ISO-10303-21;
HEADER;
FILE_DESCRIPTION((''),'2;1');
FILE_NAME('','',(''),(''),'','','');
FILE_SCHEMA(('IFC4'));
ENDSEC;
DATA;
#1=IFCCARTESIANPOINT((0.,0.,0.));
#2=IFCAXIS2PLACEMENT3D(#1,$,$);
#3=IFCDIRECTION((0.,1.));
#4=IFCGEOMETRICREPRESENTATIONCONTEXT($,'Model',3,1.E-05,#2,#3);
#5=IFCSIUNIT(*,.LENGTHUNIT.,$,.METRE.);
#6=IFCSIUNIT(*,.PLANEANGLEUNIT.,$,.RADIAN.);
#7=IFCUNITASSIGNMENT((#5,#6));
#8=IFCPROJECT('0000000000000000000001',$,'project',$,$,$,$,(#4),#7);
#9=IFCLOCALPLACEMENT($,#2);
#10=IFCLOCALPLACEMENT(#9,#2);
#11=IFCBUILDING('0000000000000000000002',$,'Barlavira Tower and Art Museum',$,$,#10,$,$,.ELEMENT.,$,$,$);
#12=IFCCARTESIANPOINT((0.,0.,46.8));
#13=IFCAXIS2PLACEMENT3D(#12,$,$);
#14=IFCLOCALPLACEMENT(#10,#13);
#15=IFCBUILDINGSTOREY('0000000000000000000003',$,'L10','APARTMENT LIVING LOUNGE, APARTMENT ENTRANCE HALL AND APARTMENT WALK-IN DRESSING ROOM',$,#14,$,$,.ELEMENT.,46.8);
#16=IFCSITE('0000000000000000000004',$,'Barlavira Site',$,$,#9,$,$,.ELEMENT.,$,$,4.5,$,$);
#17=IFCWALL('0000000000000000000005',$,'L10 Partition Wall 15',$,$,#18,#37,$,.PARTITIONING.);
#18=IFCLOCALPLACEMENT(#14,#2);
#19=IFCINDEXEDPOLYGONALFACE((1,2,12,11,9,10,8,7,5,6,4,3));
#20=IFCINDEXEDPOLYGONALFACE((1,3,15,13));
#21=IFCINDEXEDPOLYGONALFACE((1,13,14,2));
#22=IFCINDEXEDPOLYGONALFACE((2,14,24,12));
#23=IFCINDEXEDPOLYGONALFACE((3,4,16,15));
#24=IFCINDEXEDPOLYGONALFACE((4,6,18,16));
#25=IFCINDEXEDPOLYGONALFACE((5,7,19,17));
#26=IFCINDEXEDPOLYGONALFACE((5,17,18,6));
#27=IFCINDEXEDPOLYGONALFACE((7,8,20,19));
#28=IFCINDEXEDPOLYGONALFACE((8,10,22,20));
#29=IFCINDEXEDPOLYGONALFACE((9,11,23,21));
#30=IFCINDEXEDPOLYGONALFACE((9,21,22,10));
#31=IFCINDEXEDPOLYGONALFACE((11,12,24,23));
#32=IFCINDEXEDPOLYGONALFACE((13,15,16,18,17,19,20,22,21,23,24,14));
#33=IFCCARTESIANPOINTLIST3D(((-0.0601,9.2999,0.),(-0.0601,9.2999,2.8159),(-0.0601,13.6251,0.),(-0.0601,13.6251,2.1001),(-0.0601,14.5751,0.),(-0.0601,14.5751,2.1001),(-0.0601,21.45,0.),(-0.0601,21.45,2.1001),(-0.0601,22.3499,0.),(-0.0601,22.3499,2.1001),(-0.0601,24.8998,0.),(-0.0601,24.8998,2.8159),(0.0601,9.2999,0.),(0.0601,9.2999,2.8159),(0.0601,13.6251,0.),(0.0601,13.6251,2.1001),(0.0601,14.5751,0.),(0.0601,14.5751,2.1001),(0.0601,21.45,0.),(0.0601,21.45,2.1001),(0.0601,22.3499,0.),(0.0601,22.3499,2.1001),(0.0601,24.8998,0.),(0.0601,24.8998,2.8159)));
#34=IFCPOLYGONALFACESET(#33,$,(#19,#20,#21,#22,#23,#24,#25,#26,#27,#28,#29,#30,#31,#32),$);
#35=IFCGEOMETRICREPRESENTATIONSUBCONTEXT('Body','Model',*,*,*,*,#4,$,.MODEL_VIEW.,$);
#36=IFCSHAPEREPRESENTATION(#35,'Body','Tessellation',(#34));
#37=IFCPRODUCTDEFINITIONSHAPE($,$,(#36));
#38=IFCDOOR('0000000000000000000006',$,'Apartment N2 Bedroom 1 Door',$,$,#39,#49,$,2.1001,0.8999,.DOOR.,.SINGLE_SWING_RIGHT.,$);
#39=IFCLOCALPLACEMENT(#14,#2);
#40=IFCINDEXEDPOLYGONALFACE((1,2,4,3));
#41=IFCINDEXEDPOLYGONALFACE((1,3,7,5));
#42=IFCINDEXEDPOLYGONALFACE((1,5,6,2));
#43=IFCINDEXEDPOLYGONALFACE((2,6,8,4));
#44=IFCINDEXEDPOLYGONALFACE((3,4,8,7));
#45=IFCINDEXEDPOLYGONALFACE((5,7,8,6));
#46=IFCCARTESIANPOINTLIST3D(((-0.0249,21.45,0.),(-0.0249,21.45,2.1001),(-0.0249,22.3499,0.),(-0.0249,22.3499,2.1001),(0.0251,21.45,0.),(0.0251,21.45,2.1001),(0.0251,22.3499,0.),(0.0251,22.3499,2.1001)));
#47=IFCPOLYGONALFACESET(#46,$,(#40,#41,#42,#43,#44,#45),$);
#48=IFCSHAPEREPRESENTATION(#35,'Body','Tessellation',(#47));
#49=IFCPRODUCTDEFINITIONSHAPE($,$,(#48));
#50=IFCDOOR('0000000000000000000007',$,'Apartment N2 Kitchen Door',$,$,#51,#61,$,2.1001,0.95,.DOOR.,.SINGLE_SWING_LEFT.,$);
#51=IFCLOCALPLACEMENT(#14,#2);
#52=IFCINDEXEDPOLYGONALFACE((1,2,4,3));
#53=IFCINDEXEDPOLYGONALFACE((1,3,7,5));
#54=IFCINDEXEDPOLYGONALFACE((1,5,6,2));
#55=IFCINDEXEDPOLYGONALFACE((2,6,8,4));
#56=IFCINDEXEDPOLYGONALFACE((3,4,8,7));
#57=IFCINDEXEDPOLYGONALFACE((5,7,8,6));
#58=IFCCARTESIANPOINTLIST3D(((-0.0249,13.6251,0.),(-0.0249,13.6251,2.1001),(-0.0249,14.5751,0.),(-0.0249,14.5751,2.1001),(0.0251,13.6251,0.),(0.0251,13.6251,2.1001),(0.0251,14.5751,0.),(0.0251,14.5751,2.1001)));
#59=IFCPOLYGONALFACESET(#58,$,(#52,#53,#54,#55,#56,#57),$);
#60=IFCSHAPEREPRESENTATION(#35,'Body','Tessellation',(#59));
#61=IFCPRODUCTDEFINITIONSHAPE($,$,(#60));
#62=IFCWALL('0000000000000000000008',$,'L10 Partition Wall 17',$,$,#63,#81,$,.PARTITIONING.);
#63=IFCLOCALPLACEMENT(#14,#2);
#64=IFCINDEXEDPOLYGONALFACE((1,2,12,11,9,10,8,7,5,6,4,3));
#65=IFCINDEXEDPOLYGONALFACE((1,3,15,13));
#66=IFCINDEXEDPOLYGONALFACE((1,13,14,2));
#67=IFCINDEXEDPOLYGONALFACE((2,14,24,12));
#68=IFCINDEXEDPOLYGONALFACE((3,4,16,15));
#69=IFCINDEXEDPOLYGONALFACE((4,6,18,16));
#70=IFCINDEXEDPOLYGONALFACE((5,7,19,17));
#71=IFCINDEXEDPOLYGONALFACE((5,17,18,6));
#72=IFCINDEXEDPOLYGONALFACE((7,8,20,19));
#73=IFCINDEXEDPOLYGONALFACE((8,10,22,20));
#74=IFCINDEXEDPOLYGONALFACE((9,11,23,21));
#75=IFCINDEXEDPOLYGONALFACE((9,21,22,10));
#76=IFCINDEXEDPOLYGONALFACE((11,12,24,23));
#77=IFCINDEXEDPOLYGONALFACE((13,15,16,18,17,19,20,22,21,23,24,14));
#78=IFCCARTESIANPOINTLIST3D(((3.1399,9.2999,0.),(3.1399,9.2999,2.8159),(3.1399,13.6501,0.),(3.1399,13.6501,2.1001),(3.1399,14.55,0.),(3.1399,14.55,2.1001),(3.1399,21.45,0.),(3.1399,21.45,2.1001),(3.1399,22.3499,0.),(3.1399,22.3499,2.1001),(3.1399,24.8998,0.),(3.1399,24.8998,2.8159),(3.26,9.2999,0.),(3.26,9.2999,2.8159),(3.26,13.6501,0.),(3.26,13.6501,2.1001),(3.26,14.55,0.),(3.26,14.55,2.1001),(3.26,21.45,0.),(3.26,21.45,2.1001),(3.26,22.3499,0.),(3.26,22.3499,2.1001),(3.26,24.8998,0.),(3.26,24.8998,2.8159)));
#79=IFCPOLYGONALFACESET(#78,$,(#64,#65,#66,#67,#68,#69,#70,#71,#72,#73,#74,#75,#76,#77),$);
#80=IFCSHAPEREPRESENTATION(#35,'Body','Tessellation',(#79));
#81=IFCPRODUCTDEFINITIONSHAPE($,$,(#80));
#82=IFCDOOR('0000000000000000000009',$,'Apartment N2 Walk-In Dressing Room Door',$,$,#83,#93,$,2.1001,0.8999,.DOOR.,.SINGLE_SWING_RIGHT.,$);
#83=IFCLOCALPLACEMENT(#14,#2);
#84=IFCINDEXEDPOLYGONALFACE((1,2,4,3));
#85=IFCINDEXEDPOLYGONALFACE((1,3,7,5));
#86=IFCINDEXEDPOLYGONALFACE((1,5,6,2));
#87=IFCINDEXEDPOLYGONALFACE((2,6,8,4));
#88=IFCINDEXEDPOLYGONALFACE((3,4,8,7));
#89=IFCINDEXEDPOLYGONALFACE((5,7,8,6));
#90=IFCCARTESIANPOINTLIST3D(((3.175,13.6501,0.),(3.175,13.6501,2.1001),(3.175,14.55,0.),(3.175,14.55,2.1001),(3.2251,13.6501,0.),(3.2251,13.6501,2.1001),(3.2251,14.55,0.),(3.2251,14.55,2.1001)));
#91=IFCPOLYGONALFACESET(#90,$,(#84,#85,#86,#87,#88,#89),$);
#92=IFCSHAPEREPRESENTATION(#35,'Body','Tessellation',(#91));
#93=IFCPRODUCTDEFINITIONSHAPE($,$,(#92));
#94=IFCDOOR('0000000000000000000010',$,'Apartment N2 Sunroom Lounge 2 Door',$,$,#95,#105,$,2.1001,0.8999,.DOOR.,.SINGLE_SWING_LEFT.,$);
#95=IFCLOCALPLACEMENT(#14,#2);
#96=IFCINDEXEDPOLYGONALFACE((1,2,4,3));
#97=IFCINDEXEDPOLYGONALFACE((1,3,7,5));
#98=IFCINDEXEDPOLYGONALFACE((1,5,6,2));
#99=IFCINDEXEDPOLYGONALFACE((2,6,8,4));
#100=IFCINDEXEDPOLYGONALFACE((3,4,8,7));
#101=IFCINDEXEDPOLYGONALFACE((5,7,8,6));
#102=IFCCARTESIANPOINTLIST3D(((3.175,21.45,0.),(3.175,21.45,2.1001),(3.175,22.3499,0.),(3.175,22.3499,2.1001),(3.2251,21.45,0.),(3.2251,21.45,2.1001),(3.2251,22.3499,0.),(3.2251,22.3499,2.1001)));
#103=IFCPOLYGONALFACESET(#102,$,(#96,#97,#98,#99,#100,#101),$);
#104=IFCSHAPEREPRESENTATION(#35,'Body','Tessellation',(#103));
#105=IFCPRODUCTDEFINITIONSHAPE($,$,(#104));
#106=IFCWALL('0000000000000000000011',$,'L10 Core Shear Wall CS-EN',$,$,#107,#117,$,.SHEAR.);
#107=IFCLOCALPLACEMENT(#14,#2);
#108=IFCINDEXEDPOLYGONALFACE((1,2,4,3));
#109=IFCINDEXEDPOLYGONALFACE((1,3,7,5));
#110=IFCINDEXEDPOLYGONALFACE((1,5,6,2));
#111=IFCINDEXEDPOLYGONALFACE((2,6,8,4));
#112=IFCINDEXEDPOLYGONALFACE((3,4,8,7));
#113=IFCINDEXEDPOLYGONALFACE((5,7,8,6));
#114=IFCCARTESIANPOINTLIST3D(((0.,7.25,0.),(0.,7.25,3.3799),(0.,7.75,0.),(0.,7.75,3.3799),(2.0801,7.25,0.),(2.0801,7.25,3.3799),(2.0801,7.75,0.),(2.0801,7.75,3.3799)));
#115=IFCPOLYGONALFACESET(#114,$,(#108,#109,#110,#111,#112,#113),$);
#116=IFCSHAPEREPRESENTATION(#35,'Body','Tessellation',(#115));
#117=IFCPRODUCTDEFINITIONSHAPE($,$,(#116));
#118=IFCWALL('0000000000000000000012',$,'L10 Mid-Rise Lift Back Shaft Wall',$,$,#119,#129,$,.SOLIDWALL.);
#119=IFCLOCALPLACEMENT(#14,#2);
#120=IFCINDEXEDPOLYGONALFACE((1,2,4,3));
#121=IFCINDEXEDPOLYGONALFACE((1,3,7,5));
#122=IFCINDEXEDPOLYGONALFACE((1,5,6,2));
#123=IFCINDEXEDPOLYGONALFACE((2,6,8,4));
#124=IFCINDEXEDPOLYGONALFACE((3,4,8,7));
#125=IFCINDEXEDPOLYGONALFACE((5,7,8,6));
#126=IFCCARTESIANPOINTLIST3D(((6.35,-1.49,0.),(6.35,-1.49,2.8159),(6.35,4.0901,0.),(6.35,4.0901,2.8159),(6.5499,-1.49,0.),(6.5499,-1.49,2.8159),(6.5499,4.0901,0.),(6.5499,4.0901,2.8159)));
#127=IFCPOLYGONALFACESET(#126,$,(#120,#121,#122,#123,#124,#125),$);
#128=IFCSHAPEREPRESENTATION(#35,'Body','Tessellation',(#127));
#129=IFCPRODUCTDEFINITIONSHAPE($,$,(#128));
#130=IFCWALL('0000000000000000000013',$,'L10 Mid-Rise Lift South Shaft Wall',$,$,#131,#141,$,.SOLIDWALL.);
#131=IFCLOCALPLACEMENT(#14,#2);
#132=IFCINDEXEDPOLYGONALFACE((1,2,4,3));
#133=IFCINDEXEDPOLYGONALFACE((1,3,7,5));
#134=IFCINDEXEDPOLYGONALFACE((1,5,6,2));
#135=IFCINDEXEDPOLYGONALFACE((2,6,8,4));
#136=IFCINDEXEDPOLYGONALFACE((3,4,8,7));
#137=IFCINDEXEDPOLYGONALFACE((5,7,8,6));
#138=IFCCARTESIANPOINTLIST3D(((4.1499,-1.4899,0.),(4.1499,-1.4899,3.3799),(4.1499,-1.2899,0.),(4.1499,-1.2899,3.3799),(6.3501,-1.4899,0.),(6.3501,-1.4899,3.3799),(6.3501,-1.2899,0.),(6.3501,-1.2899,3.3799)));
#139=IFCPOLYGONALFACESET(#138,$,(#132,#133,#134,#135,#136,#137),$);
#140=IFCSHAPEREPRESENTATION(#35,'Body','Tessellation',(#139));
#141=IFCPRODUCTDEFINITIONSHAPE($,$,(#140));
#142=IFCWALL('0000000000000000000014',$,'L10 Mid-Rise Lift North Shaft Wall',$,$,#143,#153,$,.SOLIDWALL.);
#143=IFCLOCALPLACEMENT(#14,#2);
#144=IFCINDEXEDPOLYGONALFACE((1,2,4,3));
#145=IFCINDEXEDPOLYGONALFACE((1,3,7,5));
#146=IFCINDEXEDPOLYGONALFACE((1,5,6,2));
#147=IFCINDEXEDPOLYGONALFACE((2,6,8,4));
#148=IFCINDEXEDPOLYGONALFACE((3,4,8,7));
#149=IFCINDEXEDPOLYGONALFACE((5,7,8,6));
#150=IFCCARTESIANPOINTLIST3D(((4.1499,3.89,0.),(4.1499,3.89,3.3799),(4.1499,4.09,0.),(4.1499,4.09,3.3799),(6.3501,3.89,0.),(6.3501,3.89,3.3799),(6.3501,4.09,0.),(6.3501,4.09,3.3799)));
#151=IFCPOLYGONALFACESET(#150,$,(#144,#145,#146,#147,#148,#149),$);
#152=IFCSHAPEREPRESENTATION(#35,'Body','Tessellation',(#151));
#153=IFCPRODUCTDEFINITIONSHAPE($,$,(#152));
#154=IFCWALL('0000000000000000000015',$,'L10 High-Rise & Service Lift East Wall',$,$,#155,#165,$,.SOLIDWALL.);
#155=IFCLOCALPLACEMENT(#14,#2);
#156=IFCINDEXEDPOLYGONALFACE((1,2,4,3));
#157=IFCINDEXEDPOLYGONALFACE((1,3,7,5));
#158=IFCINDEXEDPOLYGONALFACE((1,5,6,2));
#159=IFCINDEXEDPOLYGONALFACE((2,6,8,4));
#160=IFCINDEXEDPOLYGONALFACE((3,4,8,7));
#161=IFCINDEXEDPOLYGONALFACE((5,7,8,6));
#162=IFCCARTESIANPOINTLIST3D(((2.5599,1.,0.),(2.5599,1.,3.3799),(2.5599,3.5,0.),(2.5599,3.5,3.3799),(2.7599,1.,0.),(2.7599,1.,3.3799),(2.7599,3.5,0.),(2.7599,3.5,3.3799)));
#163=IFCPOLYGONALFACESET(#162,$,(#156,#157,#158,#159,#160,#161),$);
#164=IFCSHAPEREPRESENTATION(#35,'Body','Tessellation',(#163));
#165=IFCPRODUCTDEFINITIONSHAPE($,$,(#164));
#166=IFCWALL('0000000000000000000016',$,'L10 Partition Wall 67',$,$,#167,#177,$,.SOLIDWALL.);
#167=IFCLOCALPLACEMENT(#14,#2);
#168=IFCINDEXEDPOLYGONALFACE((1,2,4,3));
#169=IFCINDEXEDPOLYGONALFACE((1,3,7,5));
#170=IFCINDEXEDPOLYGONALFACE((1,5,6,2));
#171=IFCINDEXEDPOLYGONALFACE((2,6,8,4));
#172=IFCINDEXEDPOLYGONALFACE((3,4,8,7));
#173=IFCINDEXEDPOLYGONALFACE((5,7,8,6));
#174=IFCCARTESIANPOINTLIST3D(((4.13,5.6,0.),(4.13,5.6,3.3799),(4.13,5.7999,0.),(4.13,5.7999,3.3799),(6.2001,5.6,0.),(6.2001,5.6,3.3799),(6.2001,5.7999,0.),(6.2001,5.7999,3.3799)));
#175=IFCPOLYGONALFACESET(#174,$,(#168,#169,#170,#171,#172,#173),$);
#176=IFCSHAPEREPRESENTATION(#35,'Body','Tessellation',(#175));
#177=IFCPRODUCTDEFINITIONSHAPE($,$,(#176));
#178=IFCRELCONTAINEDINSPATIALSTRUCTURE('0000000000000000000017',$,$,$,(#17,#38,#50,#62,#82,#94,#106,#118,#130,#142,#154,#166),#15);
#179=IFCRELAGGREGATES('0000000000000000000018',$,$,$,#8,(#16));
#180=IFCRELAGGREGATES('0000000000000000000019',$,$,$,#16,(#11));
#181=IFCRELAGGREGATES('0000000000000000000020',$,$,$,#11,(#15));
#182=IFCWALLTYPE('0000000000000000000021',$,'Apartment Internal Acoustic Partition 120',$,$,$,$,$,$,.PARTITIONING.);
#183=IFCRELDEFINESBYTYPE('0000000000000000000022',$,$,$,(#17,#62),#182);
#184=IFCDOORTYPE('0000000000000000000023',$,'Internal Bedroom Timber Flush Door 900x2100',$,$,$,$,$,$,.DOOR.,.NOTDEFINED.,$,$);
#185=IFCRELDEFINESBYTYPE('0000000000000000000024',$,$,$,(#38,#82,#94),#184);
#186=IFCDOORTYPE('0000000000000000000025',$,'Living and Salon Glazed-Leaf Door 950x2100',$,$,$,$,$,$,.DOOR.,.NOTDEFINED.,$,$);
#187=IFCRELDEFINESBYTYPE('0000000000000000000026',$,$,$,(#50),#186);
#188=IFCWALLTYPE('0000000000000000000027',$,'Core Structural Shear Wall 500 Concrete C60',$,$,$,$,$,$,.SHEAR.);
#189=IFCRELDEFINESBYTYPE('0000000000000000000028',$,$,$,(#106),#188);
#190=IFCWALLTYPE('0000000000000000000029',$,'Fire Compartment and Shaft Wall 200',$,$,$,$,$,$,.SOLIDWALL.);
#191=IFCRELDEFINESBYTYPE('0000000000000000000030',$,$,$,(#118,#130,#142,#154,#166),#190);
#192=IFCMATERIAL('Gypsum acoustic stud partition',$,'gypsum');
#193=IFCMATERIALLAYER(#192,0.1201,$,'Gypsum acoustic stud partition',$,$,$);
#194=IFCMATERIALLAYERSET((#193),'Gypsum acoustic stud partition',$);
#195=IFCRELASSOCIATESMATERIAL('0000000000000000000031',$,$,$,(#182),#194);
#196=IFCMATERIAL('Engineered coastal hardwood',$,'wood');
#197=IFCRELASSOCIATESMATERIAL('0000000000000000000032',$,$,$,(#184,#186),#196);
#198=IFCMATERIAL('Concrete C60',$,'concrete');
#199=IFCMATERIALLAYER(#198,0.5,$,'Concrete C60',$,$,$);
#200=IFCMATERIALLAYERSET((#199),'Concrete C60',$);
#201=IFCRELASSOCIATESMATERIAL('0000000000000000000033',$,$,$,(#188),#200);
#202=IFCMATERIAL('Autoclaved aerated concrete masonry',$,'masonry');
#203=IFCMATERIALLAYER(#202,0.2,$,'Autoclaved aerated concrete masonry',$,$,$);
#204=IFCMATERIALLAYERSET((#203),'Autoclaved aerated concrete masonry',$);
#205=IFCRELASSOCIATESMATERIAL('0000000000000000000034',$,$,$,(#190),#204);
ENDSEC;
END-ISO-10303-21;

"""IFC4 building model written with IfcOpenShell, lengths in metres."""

from ifc_helpers import new_model, si_unit, direction, frame, frame_2d, origin, place, context, subcontext, project, spatial, rectangle, extrude, material, layer, layer_set, type_object, element, fill, save


model = new_model("IFC4")

# Units and contexts
model_context = context("Model", 3, precision=1e-05, world=origin(), true_north=direction((0.0, 1.0)))
body_context = subcontext(model_context, "Body", "Model", "MODEL_VIEW")
ifc_project = project(units=[si_unit("LENGTHUNIT", "METRE"), si_unit("PLANEANGLEUNIT", "RADIAN")], contexts=[model_context])

# Site, building, storey
site_placement = place(None, origin())
site = spatial("IfcSite", under=ifc_project, at=site_placement, Name="Barlavira Site", CompositionType="ELEMENT", RefElevation=4.5)
building_placement = place(site_placement, origin())
building = spatial("IfcBuilding", under=site, at=building_placement, Name="Barlavira Tower and Art Museum", CompositionType="ELEMENT")
storey_placement = place(building_placement, frame((0.0, 0.0, 46.8)))
storey = spatial("IfcBuildingStorey", under=building, at=storey_placement, Name="L10", Description="APARTMENT LIVING LOUNGE, APARTMENT ENTRANCE HALL AND APARTMENT WALK-IN DRESSING ROOM", CompositionType="ELEMENT", Elevation=46.8)

# Walls, openings, doors
ifc_material_1 = material(Name="Gypsum acoustic stud partition", Category="gypsum")
ifc_layer_1 = layer(ifc_material_1, 0.1201, Name="Gypsum acoustic stud partition")
ifc_layer_set_1 = layer_set([ifc_layer_1], Name="Gypsum acoustic stud partition")
wall_type_1 = type_object("IfcWallType", Name="Apartment Internal Acoustic Partition 120", PredefinedType="PARTITIONING", material=ifc_layer_set_1)
wall_1_placement = place(storey_placement, frame((0.0, 9.3, 0.0), z_axis=(0.0, 0.0, 1.0), x_axis=(0.0, 1.0, 0.0)))
wall_1 = element("IfcWall", 1, at=wall_1_placement, inside=storey, type_object=wall_type_1, Name="L10 Partition Wall 15", PredefinedType="PARTITIONING", context=body_context, shape_type="SweptSolid", body=[
    extrude(rectangle(XDim=15.5999, YDim=0.1201, at=frame_2d((7.7998, 0.0))), origin(), (0.0, 0.0, 1.0), 2.8159),
])
opening_1_placement = place(wall_1_placement, frame((4.325, 0.0, 0.0)))
opening_1 = element("IfcOpeningElement", 2, at=opening_1_placement, cuts=wall_1, PredefinedType="OPENING", context=body_context, shape_type="SweptSolid", body=[
    extrude(rectangle(XDim=0.95, YDim=2.1001, at=frame_2d((0.4751, 1.05))), frame((0.0, 0.0701, 0.0), z_axis=(0.0, -1.0, 0.0), x_axis=(1.0, 0.0, 0.0)), (0.0, 0.0, 1.0), 0.1401),
])
opening_2_placement = place(wall_1_placement, frame((12.1499, 0.0, 0.0)))
opening_2 = element("IfcOpeningElement", 3, at=opening_2_placement, cuts=wall_1, PredefinedType="OPENING", context=body_context, shape_type="SweptSolid", body=[
    extrude(rectangle(XDim=0.8999, YDim=2.1001, at=frame_2d((0.45, 1.05))), frame((0.0, 0.0701, 0.0), z_axis=(0.0, -1.0, 0.0), x_axis=(1.0, 0.0, 0.0)), (0.0, 0.0, 1.0), 0.1401),
])
ifc_material_2 = material(Name="Engineered coastal hardwood", Category="wood")
door_type_1 = type_object("IfcDoorType", Name="Internal Bedroom Timber Flush Door 900x2100", OperationType="NOTDEFINED", PredefinedType="DOOR", material=ifc_material_2)
door_1_placement = place(opening_2_placement, origin())
door_1 = element("IfcDoor", 4, at=door_1_placement, inside=storey, type_object=door_type_1, Name="Apartment N2 Bedroom 1 Door", OperationType="SINGLE_SWING_RIGHT", OverallHeight=2.1001, OverallWidth=0.8999, PredefinedType="DOOR", context=body_context, shape_type="SweptSolid", body=[
    extrude(rectangle(XDim=0.8999, YDim=2.1001, at=frame_2d((0.45, 1.05))), frame((0.0, 0.0249, 0.0), z_axis=(0.0, -1.0, 0.0), x_axis=(1.0, 0.0, 0.0)), (0.0, 0.0, 1.0), 0.05),
])
fill(opening_2, door_1)
door_type_2 = type_object("IfcDoorType", Name="Living and Salon Glazed-Leaf Door 950x2100", OperationType="NOTDEFINED", PredefinedType="DOOR", material=ifc_material_2)
door_2_placement = place(opening_1_placement, origin())
door_2 = element("IfcDoor", 5, at=door_2_placement, inside=storey, type_object=door_type_2, Name="Apartment N2 Kitchen Door", OperationType="SINGLE_SWING_LEFT", OverallHeight=2.1001, OverallWidth=0.95, PredefinedType="DOOR", context=body_context, shape_type="SweptSolid", body=[
    extrude(rectangle(XDim=0.95, YDim=2.1001, at=frame_2d((0.4751, 1.05))), frame((0.0, 0.0249, 0.0), z_axis=(0.0, -1.0, 0.0), x_axis=(1.0, 0.0, 0.0)), (0.0, 0.0, 1.0), 0.05),
])
fill(opening_1, door_2)
wall_2_placement = place(storey_placement, frame((3.2, 9.3, 0.0), z_axis=(0.0, 0.0, 1.0), x_axis=(0.0, 1.0, 0.0)))
wall_2 = element("IfcWall", 6, at=wall_2_placement, inside=storey, type_object=wall_type_1, Name="L10 Partition Wall 17", PredefinedType="PARTITIONING", context=body_context, shape_type="SweptSolid", body=[
    extrude(rectangle(XDim=15.5999, YDim=0.1201, at=frame_2d((7.7998, 0.0))), origin(), (0.0, 0.0, 1.0), 2.8159),
])
opening_3_placement = place(wall_2_placement, frame((4.3501, 0.0, 0.0)))
opening_3 = element("IfcOpeningElement", 7, at=opening_3_placement, cuts=wall_2, PredefinedType="OPENING", context=body_context, shape_type="SweptSolid", body=[
    extrude(rectangle(XDim=0.8999, YDim=2.1001, at=frame_2d((0.45, 1.05))), frame((0.0, 0.0701, 0.0), z_axis=(0.0, -1.0, 0.0), x_axis=(1.0, 0.0, 0.0)), (0.0, 0.0, 1.0), 0.1401),
])
opening_4_placement = place(wall_2_placement, frame((12.1499, 0.0, 0.0)))
opening_4 = element("IfcOpeningElement", 8, at=opening_4_placement, cuts=wall_2, PredefinedType="OPENING", context=body_context, shape_type="SweptSolid", body=[
    extrude(rectangle(XDim=0.8999, YDim=2.1001, at=frame_2d((0.45, 1.05))), frame((0.0, 0.0701, 0.0), z_axis=(0.0, -1.0, 0.0), x_axis=(1.0, 0.0, 0.0)), (0.0, 0.0, 1.0), 0.1401),
])
door_3_placement = place(opening_3_placement, origin())
door_3 = element("IfcDoor", 9, at=door_3_placement, inside=storey, type_object=door_type_1, Name="Apartment N2 Walk-In Dressing Room Door", OperationType="SINGLE_SWING_RIGHT", OverallHeight=2.1001, OverallWidth=0.8999, PredefinedType="DOOR", context=body_context, shape_type="SweptSolid", body=[
    extrude(rectangle(XDim=0.8999, YDim=2.1001, at=frame_2d((0.45, 1.05))), frame((0.0, 0.0249, 0.0), z_axis=(0.0, -1.0, 0.0), x_axis=(1.0, 0.0, 0.0)), (0.0, 0.0, 1.0), 0.05),
])
fill(opening_3, door_3)
door_4_placement = place(opening_4_placement, origin())
door_4 = element("IfcDoor", 10, at=door_4_placement, inside=storey, type_object=door_type_1, Name="Apartment N2 Sunroom Lounge 2 Door", OperationType="SINGLE_SWING_LEFT", OverallHeight=2.1001, OverallWidth=0.8999, PredefinedType="DOOR", context=body_context, shape_type="SweptSolid", body=[
    extrude(rectangle(XDim=0.8999, YDim=2.1001, at=frame_2d((0.45, 1.05))), frame((0.0, 0.0249, 0.0), z_axis=(0.0, -1.0, 0.0), x_axis=(1.0, 0.0, 0.0)), (0.0, 0.0, 1.0), 0.05),
])
fill(opening_4, door_4)

# Walls
ifc_material_3 = material(Name="Concrete C60", Category="concrete")
ifc_layer_2 = layer(ifc_material_3, 0.5, Name="Concrete C60")
ifc_layer_set_2 = layer_set([ifc_layer_2], Name="Concrete C60")
wall_type_2 = type_object("IfcWallType", Name="Core Structural Shear Wall 500 Concrete C60", PredefinedType="SHEAR", material=ifc_layer_set_2)
wall_3_placement = place(storey_placement, frame((0.0, 7.5, 0.0), z_axis=(0.0, 0.0, 1.0), x_axis=(1.0, 0.0, 0.0)))
element("IfcWall", 11, at=wall_3_placement, inside=storey, type_object=wall_type_2, Name="L10 Core Shear Wall CS-EN", PredefinedType="SHEAR", context=body_context, shape_type="SweptSolid", body=[
    extrude(rectangle(XDim=2.0801, YDim=0.5, at=frame_2d((1.04, 0.0))), origin(), (0.0, 0.0, 1.0), 3.3799),
])
ifc_material_4 = material(Name="Autoclaved aerated concrete masonry", Category="masonry")
ifc_layer_3 = layer(ifc_material_4, 0.2, Name="Autoclaved aerated concrete masonry")
ifc_layer_set_3 = layer_set([ifc_layer_3], Name="Autoclaved aerated concrete masonry")
wall_type_3 = type_object("IfcWallType", Name="Fire Compartment and Shaft Wall 200", PredefinedType="SOLIDWALL", material=ifc_layer_set_3)
wall_4_placement = place(storey_placement, frame((6.45, -1.49, 0.0), z_axis=(0.0, 0.0, 1.0), x_axis=(0.0, 1.0, 0.0)))
element("IfcWall", 12, at=wall_4_placement, inside=storey, type_object=wall_type_3, Name="L10 Mid-Rise Lift Back Shaft Wall", PredefinedType="SOLIDWALL", context=body_context, shape_type="SweptSolid", body=[
    extrude(rectangle(XDim=5.5801, YDim=0.2, at=frame_2d((2.79, 0.0))), origin(), (0.0, 0.0, 1.0), 2.8159),
])
for number, where, z_axis, x_axis, name in (
    (13, (4.1499, -1.3899, 0.0), (0.0, 0.0, 1.0), (1.0, 0.0, 0.0), "L10 Mid-Rise Lift South Shaft Wall"),
    (14, (4.1499, 3.99, 0.0), (0.0, 0.0, 1.0), (1.0, 0.0, 0.0), "L10 Mid-Rise Lift North Shaft Wall"),
):
    element("IfcWall", number, at=place(storey_placement, frame(where, z_axis=z_axis, x_axis=x_axis)), inside=storey, type_object=wall_type_3, Name=name, PredefinedType="SOLIDWALL", context=body_context, shape_type="SweptSolid", body=[
        extrude(rectangle(XDim=2.2002, YDim=0.2, at=frame_2d((1.1001, 0.0))), origin(), (0.0, 0.0, 1.0), 3.3799),
    ])
wall_5_placement = place(storey_placement, frame((2.6599, 1.0, 0.0), z_axis=(0.0, 0.0, 1.0), x_axis=(0.0, 1.0, 0.0)))
element("IfcWall", 15, at=wall_5_placement, inside=storey, type_object=wall_type_3, Name="L10 High-Rise & Service Lift East Wall", PredefinedType="SOLIDWALL", context=body_context, shape_type="SweptSolid", body=[
    extrude(rectangle(XDim=2.5, YDim=0.2, at=frame_2d((1.25, 0.0))), origin(), (0.0, 0.0, 1.0), 3.3799),
])

# Wall
for number, where, z_axis, x_axis, name in (
    (16, (4.1299, 5.7, 0.0), (0.0, 0.0, 1.0), (1.0, 0.0, 0.0), "L10 Partition Wall 67"),
):
    element("IfcWall", number, at=place(storey_placement, frame(where, z_axis=z_axis, x_axis=x_axis)), inside=storey, type_object=wall_type_3, Name=name, PredefinedType="SOLIDWALL", context=body_context, shape_type="SweptSolid", body=[
        extrude(rectangle(XDim=2.0701, YDim=0.2, at=frame_2d((1.0352, 0.0))), origin(), (0.0, 0.0, 1.0), 3.3799),
    ])

save(model, "model.ifc")
